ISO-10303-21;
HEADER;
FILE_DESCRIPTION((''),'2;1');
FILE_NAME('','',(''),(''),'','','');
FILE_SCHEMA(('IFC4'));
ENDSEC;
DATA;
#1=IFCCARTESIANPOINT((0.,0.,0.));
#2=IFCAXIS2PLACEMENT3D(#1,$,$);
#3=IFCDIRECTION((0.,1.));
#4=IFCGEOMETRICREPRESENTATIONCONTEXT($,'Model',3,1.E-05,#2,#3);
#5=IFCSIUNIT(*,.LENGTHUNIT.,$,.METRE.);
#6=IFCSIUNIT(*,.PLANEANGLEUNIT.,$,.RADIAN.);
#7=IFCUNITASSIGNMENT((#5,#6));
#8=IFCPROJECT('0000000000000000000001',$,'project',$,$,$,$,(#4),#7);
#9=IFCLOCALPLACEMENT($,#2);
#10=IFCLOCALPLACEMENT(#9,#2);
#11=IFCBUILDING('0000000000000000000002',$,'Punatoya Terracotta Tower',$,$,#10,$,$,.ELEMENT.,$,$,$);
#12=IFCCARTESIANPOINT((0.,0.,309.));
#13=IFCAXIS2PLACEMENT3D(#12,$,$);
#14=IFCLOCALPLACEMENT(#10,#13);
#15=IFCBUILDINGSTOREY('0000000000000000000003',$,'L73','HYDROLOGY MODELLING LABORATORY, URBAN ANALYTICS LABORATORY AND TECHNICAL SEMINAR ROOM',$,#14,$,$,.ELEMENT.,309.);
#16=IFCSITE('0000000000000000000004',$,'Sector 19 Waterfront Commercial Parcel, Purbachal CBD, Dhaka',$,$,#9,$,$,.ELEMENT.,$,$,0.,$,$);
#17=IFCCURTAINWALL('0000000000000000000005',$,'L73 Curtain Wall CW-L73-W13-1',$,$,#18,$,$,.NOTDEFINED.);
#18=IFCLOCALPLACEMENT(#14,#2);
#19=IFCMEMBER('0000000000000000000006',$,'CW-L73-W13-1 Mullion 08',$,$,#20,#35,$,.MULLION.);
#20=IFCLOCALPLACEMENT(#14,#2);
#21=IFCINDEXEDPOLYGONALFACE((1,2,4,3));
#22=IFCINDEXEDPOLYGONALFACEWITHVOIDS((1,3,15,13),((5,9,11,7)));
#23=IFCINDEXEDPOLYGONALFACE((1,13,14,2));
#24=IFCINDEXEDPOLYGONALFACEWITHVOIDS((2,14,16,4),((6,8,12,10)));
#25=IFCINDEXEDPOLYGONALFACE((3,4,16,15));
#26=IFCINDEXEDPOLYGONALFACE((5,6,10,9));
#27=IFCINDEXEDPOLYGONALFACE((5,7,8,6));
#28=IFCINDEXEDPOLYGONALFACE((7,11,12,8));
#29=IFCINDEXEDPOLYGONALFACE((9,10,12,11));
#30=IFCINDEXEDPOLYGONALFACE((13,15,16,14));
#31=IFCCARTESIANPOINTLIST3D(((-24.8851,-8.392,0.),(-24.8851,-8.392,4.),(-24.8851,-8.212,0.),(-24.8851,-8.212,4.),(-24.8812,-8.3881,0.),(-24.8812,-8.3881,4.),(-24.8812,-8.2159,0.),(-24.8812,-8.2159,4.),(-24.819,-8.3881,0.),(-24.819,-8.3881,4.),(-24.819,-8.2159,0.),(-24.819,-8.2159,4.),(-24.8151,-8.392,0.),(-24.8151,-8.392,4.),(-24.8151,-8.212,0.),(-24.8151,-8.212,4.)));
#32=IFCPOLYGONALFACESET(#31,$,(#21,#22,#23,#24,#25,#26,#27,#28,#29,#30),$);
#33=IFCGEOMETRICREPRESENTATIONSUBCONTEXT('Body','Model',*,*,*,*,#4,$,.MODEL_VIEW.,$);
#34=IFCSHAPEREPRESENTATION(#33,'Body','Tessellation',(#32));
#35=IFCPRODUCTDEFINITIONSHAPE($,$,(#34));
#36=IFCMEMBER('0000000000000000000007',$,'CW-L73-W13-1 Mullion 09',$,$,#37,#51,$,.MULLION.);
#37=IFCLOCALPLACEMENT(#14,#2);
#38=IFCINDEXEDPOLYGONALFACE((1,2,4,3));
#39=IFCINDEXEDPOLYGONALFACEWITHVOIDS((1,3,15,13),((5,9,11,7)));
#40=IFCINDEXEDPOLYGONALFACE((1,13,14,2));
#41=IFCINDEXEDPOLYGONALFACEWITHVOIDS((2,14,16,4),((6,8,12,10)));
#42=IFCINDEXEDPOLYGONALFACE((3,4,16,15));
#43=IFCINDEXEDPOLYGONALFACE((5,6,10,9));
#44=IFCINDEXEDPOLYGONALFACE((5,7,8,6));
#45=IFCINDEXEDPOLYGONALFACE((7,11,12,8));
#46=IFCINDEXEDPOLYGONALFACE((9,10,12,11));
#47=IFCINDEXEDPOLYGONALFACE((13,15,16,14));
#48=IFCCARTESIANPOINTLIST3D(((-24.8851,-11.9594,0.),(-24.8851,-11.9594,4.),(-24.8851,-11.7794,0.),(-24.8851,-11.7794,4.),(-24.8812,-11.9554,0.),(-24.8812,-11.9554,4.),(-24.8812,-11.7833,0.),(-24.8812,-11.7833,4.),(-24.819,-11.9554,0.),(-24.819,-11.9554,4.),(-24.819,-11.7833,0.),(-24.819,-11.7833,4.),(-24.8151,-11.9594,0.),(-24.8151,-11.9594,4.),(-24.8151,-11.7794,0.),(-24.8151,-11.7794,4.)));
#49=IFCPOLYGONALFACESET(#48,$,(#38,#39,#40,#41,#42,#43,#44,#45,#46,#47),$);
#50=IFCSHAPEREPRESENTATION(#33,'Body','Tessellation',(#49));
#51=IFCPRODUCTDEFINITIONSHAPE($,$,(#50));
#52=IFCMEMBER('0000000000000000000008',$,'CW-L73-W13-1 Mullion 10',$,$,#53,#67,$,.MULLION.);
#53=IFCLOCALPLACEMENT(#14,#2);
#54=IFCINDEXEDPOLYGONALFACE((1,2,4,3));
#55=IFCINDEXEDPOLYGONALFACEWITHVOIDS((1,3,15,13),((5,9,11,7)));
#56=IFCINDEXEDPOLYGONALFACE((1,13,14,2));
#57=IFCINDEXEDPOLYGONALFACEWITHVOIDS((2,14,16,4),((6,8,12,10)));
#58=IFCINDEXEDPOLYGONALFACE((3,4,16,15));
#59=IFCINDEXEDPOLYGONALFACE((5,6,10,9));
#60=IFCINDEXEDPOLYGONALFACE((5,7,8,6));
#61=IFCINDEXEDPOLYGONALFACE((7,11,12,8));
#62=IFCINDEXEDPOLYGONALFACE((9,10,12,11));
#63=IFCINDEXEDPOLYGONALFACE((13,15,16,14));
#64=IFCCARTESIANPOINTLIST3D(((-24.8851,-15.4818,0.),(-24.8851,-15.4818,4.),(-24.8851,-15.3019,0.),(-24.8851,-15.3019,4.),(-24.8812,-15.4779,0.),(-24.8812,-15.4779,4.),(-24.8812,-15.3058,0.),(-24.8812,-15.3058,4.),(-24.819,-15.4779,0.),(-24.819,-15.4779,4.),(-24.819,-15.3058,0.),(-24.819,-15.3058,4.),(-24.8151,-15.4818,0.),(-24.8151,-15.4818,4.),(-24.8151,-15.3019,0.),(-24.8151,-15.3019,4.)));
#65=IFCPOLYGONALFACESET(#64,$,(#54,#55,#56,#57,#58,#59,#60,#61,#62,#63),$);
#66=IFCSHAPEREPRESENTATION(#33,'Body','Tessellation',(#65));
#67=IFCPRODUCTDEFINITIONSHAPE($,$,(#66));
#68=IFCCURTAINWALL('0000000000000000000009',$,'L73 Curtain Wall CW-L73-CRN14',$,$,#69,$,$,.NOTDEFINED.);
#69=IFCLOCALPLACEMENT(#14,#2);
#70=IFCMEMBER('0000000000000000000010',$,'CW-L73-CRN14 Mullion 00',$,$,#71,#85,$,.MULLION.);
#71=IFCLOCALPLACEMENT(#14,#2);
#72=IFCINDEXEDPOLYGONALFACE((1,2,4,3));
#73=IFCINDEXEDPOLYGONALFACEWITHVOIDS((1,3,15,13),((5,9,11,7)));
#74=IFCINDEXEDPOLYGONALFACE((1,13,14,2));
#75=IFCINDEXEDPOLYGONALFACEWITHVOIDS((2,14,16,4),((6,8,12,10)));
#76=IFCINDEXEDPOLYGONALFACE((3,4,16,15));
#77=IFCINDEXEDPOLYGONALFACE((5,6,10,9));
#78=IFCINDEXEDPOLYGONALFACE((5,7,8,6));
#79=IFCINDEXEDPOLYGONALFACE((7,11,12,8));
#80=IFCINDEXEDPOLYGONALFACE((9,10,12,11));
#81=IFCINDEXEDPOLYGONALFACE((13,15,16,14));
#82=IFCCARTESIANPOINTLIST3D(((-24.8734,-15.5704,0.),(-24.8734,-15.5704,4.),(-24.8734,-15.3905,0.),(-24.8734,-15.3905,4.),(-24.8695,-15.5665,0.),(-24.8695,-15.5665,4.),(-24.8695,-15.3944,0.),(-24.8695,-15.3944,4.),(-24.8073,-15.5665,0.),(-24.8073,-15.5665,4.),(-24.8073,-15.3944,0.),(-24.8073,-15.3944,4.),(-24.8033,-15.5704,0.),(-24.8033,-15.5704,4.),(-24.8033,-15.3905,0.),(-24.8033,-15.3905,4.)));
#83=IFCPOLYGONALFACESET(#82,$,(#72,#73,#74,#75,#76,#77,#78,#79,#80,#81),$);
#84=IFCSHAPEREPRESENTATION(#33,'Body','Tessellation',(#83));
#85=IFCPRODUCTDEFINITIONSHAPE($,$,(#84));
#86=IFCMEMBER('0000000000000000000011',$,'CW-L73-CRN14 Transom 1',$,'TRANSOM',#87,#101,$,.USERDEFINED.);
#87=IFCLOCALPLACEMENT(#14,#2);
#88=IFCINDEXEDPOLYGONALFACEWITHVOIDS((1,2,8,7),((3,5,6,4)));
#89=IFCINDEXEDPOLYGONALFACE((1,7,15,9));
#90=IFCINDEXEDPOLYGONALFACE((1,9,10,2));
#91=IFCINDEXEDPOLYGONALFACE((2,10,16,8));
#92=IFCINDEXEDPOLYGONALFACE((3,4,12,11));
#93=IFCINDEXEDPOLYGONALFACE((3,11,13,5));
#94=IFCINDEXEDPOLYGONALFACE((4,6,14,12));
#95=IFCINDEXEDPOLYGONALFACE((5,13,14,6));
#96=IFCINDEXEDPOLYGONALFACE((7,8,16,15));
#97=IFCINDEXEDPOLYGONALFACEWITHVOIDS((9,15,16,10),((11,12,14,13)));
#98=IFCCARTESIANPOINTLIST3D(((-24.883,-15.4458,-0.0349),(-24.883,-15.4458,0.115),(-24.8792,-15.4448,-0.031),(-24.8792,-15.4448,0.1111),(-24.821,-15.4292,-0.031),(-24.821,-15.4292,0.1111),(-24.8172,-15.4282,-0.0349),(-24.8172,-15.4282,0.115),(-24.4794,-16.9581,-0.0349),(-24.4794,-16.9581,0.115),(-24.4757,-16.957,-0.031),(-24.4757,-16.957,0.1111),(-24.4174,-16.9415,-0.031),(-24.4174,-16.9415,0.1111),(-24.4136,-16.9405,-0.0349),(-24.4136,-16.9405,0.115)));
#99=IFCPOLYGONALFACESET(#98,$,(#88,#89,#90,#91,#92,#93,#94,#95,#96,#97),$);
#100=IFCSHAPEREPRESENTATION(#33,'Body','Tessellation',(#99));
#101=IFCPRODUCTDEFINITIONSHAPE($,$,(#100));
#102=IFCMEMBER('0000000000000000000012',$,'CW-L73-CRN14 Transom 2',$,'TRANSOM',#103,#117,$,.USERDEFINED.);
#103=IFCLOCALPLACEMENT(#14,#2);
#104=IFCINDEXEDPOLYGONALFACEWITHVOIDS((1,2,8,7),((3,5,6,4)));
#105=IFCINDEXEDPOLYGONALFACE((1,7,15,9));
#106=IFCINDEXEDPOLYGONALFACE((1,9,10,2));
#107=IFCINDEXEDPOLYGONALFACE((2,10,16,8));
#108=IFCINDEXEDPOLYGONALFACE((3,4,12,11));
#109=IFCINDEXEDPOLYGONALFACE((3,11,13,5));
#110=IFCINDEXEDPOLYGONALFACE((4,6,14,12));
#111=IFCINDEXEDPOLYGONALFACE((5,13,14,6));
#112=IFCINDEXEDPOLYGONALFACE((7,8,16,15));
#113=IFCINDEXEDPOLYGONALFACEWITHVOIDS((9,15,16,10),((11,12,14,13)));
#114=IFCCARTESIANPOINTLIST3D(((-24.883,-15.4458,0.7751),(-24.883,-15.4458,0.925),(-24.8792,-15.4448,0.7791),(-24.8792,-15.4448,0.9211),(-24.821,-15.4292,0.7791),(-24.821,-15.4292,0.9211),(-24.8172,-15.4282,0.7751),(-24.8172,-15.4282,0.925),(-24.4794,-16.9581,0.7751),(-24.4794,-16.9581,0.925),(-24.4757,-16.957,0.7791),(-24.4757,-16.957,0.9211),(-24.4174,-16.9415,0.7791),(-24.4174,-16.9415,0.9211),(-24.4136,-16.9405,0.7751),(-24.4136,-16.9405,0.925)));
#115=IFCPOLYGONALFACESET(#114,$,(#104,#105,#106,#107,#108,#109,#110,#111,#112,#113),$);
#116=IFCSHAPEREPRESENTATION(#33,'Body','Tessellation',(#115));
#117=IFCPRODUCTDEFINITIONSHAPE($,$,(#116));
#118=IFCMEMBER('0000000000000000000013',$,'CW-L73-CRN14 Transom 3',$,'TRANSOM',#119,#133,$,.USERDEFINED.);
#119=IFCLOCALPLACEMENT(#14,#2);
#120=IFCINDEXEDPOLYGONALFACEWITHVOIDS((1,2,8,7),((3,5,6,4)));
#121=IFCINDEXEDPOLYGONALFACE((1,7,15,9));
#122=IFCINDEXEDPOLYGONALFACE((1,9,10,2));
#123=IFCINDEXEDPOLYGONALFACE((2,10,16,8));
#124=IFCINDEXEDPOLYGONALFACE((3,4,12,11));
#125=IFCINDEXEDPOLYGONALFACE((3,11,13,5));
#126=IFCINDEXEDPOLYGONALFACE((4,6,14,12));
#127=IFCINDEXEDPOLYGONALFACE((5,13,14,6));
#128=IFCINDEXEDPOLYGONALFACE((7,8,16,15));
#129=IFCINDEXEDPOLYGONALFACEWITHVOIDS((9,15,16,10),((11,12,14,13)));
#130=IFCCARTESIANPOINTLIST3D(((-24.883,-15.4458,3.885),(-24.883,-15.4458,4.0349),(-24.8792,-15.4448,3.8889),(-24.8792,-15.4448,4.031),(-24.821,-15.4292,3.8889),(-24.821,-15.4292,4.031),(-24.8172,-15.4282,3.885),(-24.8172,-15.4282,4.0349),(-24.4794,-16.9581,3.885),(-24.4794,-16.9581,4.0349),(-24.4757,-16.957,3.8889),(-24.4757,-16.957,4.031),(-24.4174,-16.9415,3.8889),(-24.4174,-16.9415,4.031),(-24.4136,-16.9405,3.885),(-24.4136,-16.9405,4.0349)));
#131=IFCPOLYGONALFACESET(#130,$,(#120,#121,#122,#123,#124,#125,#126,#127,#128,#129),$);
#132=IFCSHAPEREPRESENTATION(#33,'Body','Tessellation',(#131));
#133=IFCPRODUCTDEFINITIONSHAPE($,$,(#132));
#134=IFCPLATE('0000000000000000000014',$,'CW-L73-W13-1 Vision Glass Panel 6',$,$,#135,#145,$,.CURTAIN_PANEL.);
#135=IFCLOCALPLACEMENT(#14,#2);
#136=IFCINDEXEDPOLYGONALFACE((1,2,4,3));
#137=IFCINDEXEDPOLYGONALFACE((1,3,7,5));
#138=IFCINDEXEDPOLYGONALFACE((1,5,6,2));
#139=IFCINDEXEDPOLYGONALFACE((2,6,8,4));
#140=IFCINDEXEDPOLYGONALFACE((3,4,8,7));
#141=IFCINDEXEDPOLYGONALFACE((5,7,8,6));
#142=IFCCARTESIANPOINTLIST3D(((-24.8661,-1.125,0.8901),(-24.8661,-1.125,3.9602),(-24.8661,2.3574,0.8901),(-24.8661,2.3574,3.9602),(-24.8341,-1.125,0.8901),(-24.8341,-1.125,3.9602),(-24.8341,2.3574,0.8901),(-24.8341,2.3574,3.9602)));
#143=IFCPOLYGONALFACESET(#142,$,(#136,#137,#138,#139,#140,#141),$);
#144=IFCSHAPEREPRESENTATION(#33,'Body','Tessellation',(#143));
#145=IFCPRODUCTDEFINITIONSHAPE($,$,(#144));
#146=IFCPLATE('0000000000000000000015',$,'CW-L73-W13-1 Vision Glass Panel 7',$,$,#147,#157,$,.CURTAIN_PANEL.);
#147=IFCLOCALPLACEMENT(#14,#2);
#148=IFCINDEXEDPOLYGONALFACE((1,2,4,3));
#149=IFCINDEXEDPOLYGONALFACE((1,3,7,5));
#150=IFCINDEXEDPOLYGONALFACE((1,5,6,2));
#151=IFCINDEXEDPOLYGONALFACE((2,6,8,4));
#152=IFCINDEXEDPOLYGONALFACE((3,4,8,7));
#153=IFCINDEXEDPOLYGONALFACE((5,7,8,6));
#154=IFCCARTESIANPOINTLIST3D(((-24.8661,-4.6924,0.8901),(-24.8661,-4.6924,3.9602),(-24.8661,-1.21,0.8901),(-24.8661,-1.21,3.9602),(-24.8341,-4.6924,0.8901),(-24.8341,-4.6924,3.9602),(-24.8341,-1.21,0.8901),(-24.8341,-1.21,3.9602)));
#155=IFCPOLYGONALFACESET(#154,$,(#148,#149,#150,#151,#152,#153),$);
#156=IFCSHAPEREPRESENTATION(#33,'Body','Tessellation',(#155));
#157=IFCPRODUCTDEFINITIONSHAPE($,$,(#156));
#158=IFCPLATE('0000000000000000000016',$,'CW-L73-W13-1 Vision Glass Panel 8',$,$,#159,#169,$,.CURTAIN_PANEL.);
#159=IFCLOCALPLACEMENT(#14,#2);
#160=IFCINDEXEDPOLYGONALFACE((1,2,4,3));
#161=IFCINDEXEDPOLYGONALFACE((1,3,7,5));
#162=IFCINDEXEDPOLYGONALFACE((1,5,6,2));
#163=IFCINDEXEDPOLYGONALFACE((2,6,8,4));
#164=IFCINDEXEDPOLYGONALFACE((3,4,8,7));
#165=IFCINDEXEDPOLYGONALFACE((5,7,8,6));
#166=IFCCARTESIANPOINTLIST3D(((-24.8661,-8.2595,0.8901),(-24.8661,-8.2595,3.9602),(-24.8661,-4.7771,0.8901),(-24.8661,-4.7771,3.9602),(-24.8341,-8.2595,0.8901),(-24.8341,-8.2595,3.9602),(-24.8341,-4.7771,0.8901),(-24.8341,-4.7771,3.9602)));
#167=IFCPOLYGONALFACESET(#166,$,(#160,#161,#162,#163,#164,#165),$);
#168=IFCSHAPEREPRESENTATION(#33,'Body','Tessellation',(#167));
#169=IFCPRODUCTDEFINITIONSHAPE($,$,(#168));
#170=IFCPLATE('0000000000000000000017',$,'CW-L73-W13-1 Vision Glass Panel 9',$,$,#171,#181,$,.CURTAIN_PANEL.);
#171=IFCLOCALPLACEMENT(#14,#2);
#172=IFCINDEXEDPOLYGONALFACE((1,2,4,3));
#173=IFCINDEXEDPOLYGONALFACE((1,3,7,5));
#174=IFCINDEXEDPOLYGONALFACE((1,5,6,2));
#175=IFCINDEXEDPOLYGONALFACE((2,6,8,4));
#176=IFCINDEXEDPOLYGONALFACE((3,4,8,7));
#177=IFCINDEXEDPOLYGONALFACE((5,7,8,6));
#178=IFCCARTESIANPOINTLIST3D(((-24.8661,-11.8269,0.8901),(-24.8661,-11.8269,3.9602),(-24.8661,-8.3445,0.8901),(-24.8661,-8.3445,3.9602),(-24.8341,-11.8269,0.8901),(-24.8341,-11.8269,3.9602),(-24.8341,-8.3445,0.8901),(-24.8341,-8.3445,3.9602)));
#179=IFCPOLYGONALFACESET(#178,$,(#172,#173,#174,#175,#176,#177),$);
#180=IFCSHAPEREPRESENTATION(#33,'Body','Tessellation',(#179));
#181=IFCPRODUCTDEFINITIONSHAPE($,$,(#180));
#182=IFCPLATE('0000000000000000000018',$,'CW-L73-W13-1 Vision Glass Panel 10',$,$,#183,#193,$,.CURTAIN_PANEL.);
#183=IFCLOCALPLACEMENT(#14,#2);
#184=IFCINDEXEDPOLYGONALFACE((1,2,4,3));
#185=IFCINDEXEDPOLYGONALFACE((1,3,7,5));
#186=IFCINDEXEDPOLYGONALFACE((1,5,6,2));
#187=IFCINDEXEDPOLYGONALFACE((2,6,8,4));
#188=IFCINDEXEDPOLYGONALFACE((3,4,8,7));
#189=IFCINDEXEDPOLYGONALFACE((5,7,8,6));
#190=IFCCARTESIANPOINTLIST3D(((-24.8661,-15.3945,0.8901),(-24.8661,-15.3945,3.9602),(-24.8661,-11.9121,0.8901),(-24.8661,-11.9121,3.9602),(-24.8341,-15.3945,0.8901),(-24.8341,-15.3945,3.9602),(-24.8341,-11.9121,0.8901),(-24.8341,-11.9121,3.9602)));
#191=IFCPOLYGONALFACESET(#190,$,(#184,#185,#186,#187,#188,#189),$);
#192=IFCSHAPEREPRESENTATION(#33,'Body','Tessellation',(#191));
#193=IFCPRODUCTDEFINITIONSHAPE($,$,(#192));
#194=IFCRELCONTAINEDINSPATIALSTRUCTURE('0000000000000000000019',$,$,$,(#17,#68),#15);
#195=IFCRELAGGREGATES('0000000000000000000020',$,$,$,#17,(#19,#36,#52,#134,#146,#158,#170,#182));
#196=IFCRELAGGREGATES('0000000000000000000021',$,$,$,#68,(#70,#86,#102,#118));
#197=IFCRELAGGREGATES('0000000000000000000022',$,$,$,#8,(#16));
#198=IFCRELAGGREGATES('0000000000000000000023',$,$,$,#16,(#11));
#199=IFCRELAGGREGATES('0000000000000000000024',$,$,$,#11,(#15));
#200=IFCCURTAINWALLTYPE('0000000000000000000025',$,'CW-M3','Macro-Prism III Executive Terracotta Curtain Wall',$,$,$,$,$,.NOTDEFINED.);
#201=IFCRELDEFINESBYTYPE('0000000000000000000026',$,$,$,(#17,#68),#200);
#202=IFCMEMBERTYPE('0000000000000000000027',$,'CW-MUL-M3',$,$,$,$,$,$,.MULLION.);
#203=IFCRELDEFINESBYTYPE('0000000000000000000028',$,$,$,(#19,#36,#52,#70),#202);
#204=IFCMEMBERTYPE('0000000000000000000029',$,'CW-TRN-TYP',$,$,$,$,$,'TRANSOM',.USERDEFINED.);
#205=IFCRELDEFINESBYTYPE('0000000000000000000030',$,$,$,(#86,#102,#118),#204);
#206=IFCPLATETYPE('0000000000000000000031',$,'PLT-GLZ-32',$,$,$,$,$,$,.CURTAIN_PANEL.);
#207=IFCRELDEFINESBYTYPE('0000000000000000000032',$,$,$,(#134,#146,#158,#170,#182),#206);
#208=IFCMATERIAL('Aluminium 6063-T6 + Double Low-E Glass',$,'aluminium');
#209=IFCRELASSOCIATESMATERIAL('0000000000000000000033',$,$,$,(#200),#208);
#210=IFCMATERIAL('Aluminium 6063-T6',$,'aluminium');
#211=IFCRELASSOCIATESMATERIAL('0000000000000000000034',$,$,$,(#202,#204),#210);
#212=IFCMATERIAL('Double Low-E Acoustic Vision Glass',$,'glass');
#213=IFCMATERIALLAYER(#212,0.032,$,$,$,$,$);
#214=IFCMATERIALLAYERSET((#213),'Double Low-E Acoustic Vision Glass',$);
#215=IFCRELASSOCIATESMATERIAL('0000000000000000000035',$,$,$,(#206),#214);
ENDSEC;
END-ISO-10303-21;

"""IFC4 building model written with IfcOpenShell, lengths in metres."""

from ifc_helpers import new_model, si_unit, direction, frame, origin, origin_2d, place, context, subcontext, project, spatial, rectangle, hollow_rectangle, extrude, material, layer, layer_set, material_profile, profile_set, type_object, element, aggregate, save


model = new_model("IFC4")

# Units and contexts
model_context = context("Model", 3, precision=1e-05, world=origin(), true_north=direction((0.0, 1.0)))
body_context = subcontext(model_context, "Body", "Model", "MODEL_VIEW")
ifc_project = project(units=[si_unit("LENGTHUNIT", "METRE"), si_unit("PLANEANGLEUNIT", "RADIAN")], contexts=[model_context])

# Site, building, storey
site_placement = place(None, origin())
site = spatial("IfcSite", under=ifc_project, at=site_placement, Name="Sector 19 Waterfront Commercial Parcel, Purbachal CBD, Dhaka", CompositionType="ELEMENT", RefElevation=0.0)
building_placement = place(site_placement, origin())
building = spatial("IfcBuilding", under=site, at=building_placement, Name="Punatoya Terracotta Tower", CompositionType="ELEMENT")
storey_placement = place(building_placement, frame((0.0, 0.0, 309.0)))
storey = spatial("IfcBuildingStorey", under=building, at=storey_placement, Name="L73", Description="HYDROLOGY MODELLING LABORATORY, URBAN ANALYTICS LABORATORY AND TECHNICAL SEMINAR ROOM", CompositionType="ELEMENT", Elevation=309.0)

# Curtain walls, members
ifc_material_1 = material(Name="Aluminium 6063-T6 + Double Low-E Glass", Category="aluminium")
curtain_wall_type = type_object("IfcCurtainWallType", Name="CW-M3", Description="Macro-Prism III Executive Terracotta Curtain Wall", PredefinedType="NOTDEFINED", material=ifc_material_1)
curtain_wall_1_placement = place(storey_placement, origin())
curtain_wall_1 = element("IfcCurtainWall", 1, at=curtain_wall_1_placement, inside=storey, type_object=curtain_wall_type, Name="L73 Curtain Wall CW-L73-W13-1", PredefinedType="NOTDEFINED")
ifc_material_2 = material(Name="Aluminium 6063-T6", Category="aluminium")
ifc_material_profile_1 = material_profile(ifc_material_2, hollow_rectangle(XDim=0.0701, YDim=0.1799, WallThickness=0.0039, at=origin_2d()))
ifc_profile_set_1 = profile_set([ifc_material_profile_1], Name="Aluminium 6063-T6")
member_type_1 = type_object("IfcMemberType", Name="CW-MUL-M3", PredefinedType="MULLION", material=ifc_profile_set_1)
member_1_placement = place(storey_placement, frame((-24.8501, -8.302, 0.0), z_axis=(0.0, 0.0, 1.0), x_axis=(1.0, 0.0, 0.0)))
member_1 = element("IfcMember", 2, at=member_1_placement, type_object=member_type_1, Name="CW-L73-W13-1 Mullion 08", PredefinedType="MULLION", context=body_context, shape_type="SweptSolid", body=[
    extrude(hollow_rectangle(XDim=0.0701, YDim=0.1799, WallThickness=0.0039, at=origin_2d()), origin(), (0.0, 0.0, 1.0), 4.0),
])
member_2_placement = place(storey_placement, frame((-24.8501, -11.8694, 0.0), z_axis=(0.0, 0.0, 1.0), x_axis=(1.0, 0.0, 0.0)))
member_2 = element("IfcMember", 3, at=member_2_placement, type_object=member_type_1, Name="CW-L73-W13-1 Mullion 09", PredefinedType="MULLION", context=body_context, shape_type="SweptSolid", body=[
    extrude(hollow_rectangle(XDim=0.0701, YDim=0.1799, WallThickness=0.0039, at=origin_2d()), origin(), (0.0, 0.0, 1.0), 4.0),
])
member_3_placement = place(storey_placement, frame((-24.8501, -15.3918, 0.0), z_axis=(0.0, 0.0, 1.0), x_axis=(1.0, 0.0, 0.0)))
member_3 = element("IfcMember", 4, at=member_3_placement, type_object=member_type_1, Name="CW-L73-W13-1 Mullion 10", PredefinedType="MULLION", context=body_context, shape_type="SweptSolid", body=[
    extrude(hollow_rectangle(XDim=0.0701, YDim=0.1799, WallThickness=0.0039, at=origin_2d()), origin(), (0.0, 0.0, 1.0), 4.0),
])
curtain_wall_2_placement = place(storey_placement, origin())
curtain_wall_2 = element("IfcCurtainWall", 5, at=curtain_wall_2_placement, inside=storey, type_object=curtain_wall_type, Name="L73 Curtain Wall CW-L73-CRN14", PredefinedType="NOTDEFINED")
member_4_placement = place(storey_placement, frame((-24.8384, -15.4805, 0.0), z_axis=(0.0, 0.0, 1.0), x_axis=(1.0, 0.0, 0.0)))
member_4 = element("IfcMember", 6, at=member_4_placement, type_object=member_type_1, Name="CW-L73-CRN14 Mullion 00", PredefinedType="MULLION", context=body_context, shape_type="SweptSolid", body=[
    extrude(hollow_rectangle(XDim=0.0701, YDim=0.1799, WallThickness=0.0039, at=origin_2d()), origin(), (0.0, 0.0, 1.0), 4.0),
])
ifc_material_profile_2 = material_profile(ifc_material_2, hollow_rectangle(XDim=0.0681, YDim=0.1499, WallThickness=0.0039, at=origin_2d()))
ifc_profile_set_2 = profile_set([ifc_material_profile_2], Name="Aluminium 6063-T6")
member_type_2 = type_object("IfcMemberType", Name="CW-TRN-TYP", ElementType="TRANSOM", PredefinedType="USERDEFINED", material=ifc_profile_set_2)
member_5_placement = place(storey_placement, frame((-24.8501, -15.437, 0.04), z_axis=(0.257847, -0.966186, 0.0), x_axis=(0.966186, 0.257847, 0.0)))
member_5 = element("IfcMember", 7, at=member_5_placement, type_object=member_type_2, Name="CW-L73-CRN14 Transom 1", ObjectType="TRANSOM", PredefinedType="USERDEFINED", context=body_context, shape_type="SweptSolid", body=[
    extrude(hollow_rectangle(XDim=0.0681, YDim=0.1499, WallThickness=0.0039, at=origin_2d()), origin(), (0.0, 0.0, 1.0), 1.5652),
])
member_6_placement = place(storey_placement, frame((-24.8501, -15.437, 0.8501), z_axis=(0.257847, -0.966186, 0.0), x_axis=(0.966186, 0.257847, 0.0)))
member_6 = element("IfcMember", 8, at=member_6_placement, type_object=member_type_2, Name="CW-L73-CRN14 Transom 2", ObjectType="TRANSOM", PredefinedType="USERDEFINED", context=body_context, shape_type="SweptSolid", body=[
    extrude(hollow_rectangle(XDim=0.0681, YDim=0.1499, WallThickness=0.0039, at=origin_2d()), origin(), (0.0, 0.0, 1.0), 1.5652),
])
member_7_placement = place(storey_placement, frame((-24.8501, -15.437, 3.96), z_axis=(0.257847, -0.966186, 0.0), x_axis=(0.966186, 0.257847, 0.0)))
member_7 = element("IfcMember", 9, at=member_7_placement, type_object=member_type_2, Name="CW-L73-CRN14 Transom 3", ObjectType="TRANSOM", PredefinedType="USERDEFINED", context=body_context, shape_type="SweptSolid", body=[
    extrude(hollow_rectangle(XDim=0.0681, YDim=0.1499, WallThickness=0.0039, at=origin_2d()), origin(), (0.0, 0.0, 1.0), 1.5652),
])

# Plates
ifc_material_3 = material(Name="Double Low-E Acoustic Vision Glass", Category="glass")
ifc_layer_1 = layer(ifc_material_3, 0.032)
ifc_layer_set_1 = layer_set([ifc_layer_1], Name="Double Low-E Acoustic Vision Glass")
plate_type_1 = type_object("IfcPlateType", Name="PLT-GLZ-32", PredefinedType="CURTAIN_PANEL", material=ifc_layer_set_1)
plate_1_placement = place(storey_placement, frame((-24.8501, 0.6162, 0.8901), z_axis=(0.0, 0.0, 1.0), x_axis=(0.0, -1.0, 0.0)))
plate_1 = element("IfcPlate", 10, at=plate_1_placement, type_object=plate_type_1, Name="CW-L73-W13-1 Vision Glass Panel 6", PredefinedType="CURTAIN_PANEL", context=body_context, shape_type="SweptSolid", body=[
    extrude(rectangle(XDim=3.4824, YDim=0.032, at=origin_2d()), origin(), (0.0, 0.0, 1.0), 3.0701),
])
plate_2_placement = place(storey_placement, frame((-24.8501, -2.9512, 0.8901), z_axis=(0.0, 0.0, 1.0), x_axis=(0.0, -1.0, 0.0)))
plate_2 = element("IfcPlate", 11, at=plate_2_placement, type_object=plate_type_1, Name="CW-L73-W13-1 Vision Glass Panel 7", PredefinedType="CURTAIN_PANEL", context=body_context, shape_type="SweptSolid", body=[
    extrude(rectangle(XDim=3.4824, YDim=0.032, at=origin_2d()), origin(), (0.0, 0.0, 1.0), 3.0701),
])
plate_3_placement = place(storey_placement, frame((-24.8501, -6.5183, 0.8901), z_axis=(0.0, 0.0, 1.0), x_axis=(0.0, -1.0, 0.0)))
plate_3 = element("IfcPlate", 12, at=plate_3_placement, type_object=plate_type_1, Name="CW-L73-W13-1 Vision Glass Panel 8", PredefinedType="CURTAIN_PANEL", context=body_context, shape_type="SweptSolid", body=[
    extrude(rectangle(XDim=3.4824, YDim=0.032, at=origin_2d()), origin(), (0.0, 0.0, 1.0), 3.0701),
])
plate_4_placement = place(storey_placement, frame((-24.8501, -10.0857, 0.8901), z_axis=(0.0, 0.0, 1.0), x_axis=(0.0, -1.0, 0.0)))
plate_4 = element("IfcPlate", 13, at=plate_4_placement, type_object=plate_type_1, Name="CW-L73-W13-1 Vision Glass Panel 9", PredefinedType="CURTAIN_PANEL", context=body_context, shape_type="SweptSolid", body=[
    extrude(rectangle(XDim=3.4824, YDim=0.032, at=origin_2d()), origin(), (0.0, 0.0, 1.0), 3.0701),
])
plate_5_placement = place(storey_placement, frame((-24.8501, -13.6533, 0.8901), z_axis=(0.0, 0.0, 1.0), x_axis=(0.0, -1.0, 0.0)))
plate_5 = element("IfcPlate", 14, at=plate_5_placement, type_object=plate_type_1, Name="CW-L73-W13-1 Vision Glass Panel 10", PredefinedType="CURTAIN_PANEL", context=body_context, shape_type="SweptSolid", body=[
    extrude(rectangle(XDim=3.4824, YDim=0.032, at=origin_2d()), origin(), (0.0, 0.0, 1.0), 3.0701),
])
aggregate(curtain_wall_1, [member_1, member_2, member_3, plate_1, plate_2, plate_3, plate_4, plate_5])
aggregate(curtain_wall_2, [member_4, member_5, member_6, member_7])

save(model, "model.ifc")
